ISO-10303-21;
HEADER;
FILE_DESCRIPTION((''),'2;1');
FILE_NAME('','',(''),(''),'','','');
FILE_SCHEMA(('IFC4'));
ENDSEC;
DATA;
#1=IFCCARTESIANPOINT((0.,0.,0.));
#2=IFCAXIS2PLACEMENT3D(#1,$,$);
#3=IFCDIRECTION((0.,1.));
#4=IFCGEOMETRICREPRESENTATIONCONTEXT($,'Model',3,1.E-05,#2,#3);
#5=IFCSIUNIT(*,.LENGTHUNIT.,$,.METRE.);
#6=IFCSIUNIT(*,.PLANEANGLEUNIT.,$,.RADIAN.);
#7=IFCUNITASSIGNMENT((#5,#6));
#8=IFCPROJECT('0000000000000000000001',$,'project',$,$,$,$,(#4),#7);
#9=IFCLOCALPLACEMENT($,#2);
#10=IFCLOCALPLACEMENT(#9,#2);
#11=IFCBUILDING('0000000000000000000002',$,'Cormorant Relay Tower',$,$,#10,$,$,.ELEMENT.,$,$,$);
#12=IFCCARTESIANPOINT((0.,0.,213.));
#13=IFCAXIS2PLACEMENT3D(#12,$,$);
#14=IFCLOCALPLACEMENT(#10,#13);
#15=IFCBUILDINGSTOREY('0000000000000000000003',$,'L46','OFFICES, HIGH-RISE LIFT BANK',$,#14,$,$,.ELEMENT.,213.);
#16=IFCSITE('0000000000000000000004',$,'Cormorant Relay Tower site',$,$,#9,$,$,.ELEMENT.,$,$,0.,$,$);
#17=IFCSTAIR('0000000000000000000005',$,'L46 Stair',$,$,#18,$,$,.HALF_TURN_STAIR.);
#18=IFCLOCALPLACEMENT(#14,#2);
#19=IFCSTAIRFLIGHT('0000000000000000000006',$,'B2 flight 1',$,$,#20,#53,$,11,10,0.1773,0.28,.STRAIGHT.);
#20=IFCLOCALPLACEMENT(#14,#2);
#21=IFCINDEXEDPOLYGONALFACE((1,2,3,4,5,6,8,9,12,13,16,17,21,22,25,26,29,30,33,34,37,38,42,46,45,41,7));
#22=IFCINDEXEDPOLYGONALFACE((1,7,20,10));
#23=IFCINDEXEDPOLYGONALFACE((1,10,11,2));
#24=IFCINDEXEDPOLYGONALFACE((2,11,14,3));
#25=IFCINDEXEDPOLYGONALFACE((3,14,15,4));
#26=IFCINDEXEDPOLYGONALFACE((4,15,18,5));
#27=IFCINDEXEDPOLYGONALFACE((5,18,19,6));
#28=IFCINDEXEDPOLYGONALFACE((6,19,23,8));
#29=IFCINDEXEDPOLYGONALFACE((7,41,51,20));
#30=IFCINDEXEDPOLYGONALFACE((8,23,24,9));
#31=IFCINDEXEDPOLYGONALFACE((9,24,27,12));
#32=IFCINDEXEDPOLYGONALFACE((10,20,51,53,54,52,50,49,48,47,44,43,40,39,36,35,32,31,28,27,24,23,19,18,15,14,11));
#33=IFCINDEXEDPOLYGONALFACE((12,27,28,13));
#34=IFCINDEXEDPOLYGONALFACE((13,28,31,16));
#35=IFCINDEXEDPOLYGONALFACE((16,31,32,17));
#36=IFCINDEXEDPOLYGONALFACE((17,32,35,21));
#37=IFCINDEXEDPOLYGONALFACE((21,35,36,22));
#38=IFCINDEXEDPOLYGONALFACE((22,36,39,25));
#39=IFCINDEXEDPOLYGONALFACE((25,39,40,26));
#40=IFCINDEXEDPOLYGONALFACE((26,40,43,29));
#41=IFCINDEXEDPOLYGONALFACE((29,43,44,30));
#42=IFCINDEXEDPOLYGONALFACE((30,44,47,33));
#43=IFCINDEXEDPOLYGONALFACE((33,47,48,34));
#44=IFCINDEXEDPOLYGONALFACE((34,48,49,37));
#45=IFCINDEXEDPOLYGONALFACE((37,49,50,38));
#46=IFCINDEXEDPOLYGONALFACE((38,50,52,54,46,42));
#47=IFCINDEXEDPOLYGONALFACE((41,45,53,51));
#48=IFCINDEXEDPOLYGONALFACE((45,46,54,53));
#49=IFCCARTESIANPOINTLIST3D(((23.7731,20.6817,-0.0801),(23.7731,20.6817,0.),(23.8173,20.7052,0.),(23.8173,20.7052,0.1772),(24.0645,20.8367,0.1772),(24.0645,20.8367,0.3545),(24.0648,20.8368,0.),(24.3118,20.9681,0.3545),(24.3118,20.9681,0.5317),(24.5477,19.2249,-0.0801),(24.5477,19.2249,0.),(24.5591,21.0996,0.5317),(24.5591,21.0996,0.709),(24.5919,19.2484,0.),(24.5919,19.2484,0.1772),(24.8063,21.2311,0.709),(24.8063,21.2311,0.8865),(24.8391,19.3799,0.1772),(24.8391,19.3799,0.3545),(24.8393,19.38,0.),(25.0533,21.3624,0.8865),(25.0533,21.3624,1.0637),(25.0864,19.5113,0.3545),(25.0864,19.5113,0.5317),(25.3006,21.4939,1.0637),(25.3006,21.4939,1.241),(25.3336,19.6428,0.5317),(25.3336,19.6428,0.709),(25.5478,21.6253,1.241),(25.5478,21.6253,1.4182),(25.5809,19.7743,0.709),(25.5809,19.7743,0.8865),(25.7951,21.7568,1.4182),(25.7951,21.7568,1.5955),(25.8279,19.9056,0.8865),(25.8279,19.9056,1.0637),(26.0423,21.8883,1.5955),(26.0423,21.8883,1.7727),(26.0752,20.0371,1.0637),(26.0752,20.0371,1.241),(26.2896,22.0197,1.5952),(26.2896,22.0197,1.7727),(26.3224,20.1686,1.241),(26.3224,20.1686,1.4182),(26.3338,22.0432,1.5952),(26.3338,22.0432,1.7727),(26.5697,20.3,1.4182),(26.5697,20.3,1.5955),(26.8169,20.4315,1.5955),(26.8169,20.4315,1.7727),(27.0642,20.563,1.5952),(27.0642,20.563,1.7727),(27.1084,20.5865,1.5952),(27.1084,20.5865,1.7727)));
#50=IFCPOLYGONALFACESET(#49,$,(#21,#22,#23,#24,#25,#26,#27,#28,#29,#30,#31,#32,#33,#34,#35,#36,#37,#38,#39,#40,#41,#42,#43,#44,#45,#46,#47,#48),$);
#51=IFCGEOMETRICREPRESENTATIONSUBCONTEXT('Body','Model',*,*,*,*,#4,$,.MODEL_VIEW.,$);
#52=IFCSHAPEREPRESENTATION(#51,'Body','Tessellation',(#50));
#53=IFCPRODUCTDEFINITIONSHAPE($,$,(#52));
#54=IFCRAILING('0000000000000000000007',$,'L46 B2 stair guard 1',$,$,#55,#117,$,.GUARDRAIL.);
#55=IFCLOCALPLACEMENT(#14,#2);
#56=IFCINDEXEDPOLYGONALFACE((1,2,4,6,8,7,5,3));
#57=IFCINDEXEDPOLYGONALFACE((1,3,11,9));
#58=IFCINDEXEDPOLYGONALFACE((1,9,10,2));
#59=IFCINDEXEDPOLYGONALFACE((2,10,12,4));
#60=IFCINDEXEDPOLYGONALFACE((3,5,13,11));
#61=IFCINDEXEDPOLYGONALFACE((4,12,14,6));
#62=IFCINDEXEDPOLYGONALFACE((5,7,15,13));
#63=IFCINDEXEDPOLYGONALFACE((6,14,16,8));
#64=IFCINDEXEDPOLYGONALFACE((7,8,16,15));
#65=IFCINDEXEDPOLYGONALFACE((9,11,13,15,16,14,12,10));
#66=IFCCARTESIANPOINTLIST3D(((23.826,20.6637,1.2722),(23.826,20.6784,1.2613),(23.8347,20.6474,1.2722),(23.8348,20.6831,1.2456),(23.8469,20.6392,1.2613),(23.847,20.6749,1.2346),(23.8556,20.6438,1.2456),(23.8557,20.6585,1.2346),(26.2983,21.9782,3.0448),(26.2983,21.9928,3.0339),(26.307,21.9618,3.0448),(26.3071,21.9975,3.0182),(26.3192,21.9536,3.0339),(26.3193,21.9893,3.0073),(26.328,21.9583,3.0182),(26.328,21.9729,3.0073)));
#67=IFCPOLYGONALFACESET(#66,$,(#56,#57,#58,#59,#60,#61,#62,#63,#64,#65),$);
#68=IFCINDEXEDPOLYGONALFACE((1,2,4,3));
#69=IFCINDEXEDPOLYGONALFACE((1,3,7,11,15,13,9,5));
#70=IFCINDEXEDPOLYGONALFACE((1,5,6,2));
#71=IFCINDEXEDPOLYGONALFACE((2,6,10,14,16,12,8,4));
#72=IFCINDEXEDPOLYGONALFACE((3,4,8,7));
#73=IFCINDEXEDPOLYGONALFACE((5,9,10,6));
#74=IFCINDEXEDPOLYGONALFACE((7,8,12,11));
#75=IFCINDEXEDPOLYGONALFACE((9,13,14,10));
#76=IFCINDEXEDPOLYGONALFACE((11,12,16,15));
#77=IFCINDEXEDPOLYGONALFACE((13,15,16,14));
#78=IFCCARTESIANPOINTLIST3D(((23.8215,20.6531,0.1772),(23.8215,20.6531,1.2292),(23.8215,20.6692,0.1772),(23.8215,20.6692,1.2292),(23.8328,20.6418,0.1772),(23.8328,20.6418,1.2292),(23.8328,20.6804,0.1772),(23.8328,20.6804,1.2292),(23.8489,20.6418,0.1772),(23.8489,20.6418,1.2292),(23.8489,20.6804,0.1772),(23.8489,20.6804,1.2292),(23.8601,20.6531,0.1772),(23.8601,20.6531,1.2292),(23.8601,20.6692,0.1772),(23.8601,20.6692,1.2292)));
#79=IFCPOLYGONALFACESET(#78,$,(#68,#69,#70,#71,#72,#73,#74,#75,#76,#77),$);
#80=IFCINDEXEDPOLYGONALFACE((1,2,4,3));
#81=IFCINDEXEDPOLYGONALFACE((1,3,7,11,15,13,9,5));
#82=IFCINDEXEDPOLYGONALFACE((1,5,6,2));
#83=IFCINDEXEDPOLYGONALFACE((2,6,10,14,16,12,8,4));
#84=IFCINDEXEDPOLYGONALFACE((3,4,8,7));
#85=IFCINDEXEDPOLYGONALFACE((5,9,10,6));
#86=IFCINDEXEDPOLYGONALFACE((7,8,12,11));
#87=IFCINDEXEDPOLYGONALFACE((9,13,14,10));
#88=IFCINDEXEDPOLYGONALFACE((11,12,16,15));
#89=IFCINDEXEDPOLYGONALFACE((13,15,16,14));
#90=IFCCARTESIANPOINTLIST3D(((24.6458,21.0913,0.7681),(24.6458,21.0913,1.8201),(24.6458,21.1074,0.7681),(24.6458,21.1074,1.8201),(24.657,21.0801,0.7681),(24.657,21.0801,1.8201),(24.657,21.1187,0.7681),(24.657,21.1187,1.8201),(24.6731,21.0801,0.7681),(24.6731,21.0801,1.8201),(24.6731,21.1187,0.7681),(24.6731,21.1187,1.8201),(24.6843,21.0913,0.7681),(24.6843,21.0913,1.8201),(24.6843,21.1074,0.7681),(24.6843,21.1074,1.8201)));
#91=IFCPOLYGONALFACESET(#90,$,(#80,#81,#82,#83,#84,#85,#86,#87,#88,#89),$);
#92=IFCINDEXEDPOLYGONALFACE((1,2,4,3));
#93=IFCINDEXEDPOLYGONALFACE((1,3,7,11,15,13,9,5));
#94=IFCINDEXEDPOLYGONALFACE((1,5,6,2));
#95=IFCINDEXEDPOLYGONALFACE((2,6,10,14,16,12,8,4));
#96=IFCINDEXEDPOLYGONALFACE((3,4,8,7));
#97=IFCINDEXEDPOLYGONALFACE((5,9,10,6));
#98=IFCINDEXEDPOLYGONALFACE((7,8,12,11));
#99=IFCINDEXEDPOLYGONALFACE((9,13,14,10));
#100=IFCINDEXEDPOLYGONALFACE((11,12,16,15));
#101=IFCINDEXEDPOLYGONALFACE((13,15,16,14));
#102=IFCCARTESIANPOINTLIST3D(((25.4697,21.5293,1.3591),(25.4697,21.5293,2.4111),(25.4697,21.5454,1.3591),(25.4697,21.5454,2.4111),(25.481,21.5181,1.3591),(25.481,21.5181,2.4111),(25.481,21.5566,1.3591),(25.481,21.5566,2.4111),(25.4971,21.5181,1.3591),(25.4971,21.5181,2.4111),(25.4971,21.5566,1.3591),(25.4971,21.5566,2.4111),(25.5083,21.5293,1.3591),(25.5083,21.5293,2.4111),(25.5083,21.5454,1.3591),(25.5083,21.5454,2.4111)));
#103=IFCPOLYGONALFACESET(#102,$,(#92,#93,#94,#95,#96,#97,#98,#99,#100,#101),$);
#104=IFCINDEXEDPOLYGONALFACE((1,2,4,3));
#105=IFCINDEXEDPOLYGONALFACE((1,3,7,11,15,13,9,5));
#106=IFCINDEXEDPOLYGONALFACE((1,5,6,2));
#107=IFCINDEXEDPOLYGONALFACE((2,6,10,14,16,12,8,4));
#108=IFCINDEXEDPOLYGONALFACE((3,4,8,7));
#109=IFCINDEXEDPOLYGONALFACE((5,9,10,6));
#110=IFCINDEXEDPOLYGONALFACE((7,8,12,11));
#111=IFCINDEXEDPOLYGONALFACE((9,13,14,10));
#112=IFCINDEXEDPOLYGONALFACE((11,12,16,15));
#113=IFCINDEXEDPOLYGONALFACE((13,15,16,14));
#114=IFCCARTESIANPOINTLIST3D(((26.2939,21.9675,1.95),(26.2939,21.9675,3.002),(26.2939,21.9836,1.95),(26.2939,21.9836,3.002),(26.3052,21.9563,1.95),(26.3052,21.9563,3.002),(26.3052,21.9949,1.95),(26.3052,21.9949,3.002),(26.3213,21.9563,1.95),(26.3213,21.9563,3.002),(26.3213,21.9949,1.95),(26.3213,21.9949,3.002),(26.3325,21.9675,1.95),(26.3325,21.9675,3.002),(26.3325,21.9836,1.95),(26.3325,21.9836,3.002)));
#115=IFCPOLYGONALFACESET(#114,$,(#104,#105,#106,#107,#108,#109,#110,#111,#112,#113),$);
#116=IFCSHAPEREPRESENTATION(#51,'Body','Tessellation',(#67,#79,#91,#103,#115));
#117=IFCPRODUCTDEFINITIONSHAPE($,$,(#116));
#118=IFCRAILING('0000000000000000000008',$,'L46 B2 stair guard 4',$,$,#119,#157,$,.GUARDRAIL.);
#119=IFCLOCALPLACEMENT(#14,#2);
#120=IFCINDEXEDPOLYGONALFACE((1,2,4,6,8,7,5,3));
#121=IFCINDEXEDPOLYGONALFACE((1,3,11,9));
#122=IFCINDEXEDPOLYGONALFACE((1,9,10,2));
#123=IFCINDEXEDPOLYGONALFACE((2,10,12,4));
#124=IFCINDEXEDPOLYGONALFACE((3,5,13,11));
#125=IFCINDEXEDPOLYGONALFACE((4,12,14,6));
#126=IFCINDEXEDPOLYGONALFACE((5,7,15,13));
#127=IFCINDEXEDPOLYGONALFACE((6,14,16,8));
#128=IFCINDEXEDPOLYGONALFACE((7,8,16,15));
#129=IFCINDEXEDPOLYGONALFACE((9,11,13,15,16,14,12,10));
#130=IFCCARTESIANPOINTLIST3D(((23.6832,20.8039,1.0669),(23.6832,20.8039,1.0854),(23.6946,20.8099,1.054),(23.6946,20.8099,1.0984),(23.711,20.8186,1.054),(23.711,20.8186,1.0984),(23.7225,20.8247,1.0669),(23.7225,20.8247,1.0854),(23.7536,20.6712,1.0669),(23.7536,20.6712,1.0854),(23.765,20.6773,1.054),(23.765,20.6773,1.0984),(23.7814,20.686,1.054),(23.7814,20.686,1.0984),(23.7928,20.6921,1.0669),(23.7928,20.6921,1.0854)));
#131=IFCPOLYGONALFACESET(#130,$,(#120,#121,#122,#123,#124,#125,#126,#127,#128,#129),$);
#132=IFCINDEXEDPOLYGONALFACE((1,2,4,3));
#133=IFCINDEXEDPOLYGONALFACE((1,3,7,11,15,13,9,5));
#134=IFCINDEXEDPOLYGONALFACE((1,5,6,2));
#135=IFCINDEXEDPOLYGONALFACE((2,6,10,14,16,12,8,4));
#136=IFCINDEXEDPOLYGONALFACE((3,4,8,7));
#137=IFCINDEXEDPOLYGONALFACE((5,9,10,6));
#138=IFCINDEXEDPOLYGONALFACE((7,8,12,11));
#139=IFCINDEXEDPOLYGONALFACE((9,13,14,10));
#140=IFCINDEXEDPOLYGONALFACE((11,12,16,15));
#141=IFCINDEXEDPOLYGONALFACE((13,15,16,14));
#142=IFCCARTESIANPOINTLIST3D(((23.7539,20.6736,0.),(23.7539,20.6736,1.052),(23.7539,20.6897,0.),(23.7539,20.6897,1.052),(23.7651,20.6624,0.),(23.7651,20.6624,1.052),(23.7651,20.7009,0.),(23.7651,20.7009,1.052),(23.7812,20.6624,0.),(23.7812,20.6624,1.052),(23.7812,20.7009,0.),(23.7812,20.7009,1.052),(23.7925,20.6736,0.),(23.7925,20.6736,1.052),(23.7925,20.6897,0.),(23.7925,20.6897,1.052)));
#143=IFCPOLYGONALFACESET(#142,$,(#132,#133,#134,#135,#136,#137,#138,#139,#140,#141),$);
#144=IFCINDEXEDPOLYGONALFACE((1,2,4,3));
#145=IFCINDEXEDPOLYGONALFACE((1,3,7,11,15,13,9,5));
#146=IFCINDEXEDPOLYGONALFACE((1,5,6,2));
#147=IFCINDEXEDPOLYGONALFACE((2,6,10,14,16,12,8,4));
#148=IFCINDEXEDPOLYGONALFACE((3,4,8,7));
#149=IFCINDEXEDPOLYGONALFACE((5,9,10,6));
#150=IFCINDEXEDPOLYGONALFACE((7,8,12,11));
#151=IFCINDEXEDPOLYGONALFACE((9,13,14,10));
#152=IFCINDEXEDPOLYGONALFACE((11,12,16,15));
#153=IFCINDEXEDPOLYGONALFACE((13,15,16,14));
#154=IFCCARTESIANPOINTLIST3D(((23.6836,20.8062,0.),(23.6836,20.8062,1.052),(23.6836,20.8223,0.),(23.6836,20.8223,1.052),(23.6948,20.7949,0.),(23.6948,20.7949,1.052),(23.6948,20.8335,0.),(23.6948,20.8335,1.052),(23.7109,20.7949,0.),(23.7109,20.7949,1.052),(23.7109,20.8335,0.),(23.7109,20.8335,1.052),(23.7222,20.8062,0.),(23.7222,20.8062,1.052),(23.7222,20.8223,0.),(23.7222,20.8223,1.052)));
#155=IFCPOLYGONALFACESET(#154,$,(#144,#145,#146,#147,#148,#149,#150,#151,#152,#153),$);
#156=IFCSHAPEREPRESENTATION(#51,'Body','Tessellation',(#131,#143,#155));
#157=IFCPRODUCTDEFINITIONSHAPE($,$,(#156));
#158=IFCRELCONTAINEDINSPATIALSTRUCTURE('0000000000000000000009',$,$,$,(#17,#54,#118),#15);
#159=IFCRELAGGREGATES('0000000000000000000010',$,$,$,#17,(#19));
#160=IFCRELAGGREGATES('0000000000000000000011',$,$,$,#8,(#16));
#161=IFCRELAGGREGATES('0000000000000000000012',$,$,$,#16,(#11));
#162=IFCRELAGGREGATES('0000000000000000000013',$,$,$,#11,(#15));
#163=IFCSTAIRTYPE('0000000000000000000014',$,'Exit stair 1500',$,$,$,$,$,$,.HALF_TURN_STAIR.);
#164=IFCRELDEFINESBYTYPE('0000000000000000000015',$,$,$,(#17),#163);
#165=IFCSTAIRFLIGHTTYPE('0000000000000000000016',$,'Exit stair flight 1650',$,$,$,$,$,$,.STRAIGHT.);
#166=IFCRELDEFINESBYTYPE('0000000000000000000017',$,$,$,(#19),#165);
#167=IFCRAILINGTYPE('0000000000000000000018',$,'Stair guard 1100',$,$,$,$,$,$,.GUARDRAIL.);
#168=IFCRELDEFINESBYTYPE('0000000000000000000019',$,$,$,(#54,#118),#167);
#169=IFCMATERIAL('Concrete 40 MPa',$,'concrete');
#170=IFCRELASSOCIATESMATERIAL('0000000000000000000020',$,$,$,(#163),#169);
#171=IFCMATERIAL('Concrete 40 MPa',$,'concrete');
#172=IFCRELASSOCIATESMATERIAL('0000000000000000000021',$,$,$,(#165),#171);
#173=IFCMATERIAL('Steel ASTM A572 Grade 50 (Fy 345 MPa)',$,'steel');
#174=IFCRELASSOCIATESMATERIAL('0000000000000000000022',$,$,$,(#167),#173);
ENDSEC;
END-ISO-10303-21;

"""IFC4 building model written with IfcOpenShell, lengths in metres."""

from ifc_helpers import new_model, si_unit, direction, frame, origin, place, context, subcontext, project, spatial, polyline, outline, extrude, material, type_object, element, aggregate, save


model = new_model("IFC4")

# Units and contexts
model_context = context("Model", 3, precision=1e-05, world=origin(), true_north=direction((0.0, 1.0)))
body_context = subcontext(model_context, "Body", "Model", "MODEL_VIEW")
ifc_project = project(units=[si_unit("LENGTHUNIT", "METRE"), si_unit("PLANEANGLEUNIT", "RADIAN")], contexts=[model_context])

# Site, building, storey
site_placement = place(None, origin())
site = spatial("IfcSite", under=ifc_project, at=site_placement, Name="Cormorant Relay Tower site", CompositionType="ELEMENT", RefElevation=0.0)
building_placement = place(site_placement, origin())
building = spatial("IfcBuilding", under=site, at=building_placement, Name="Cormorant Relay Tower", CompositionType="ELEMENT")
storey_placement = place(building_placement, frame((0.0, 0.0, 213.0)))
storey = spatial("IfcBuildingStorey", under=building, at=storey_placement, Name="L46", Description="OFFICES, HIGH-RISE LIFT BANK", CompositionType="ELEMENT", Elevation=213.0)

# Stair, stair flight
ifc_material_1 = material(Name="Concrete 40 MPa", Category="concrete")
stair_type = type_object("IfcStairType", Name="Exit stair 1500", PredefinedType="HALF_TURN_STAIR", material=ifc_material_1)
stair_placement = place(storey_placement, origin())
stair = element("IfcStair", 1, at=stair_placement, inside=storey, type_object=stair_type, Name="L46 Stair", PredefinedType="HALF_TURN_STAIR")
ifc_material_2 = material(Name="Concrete 40 MPa", Category="concrete")
stair_flight_type = type_object("IfcStairFlightType", Name="Exit stair flight 1650", PredefinedType="STRAIGHT", material=ifc_material_2)
stair_flight_placement = place(storey_placement, frame((24.2046, 19.9768, 0.0), z_axis=(0.0, 0.0, 1.0), x_axis=(0.882948, 0.469472, 0.0)))
stair_flight = element("IfcStairFlight", 2, at=stair_flight_placement, type_object=stair_flight_type, Name="B2 flight 1", NumberOfRisers=11, NumberOfTreads=10, PredefinedType="STRAIGHT", RiserHeight=0.1773, TreadLength=0.28, context=body_context, shape_type="SweptSolid", body=[
    extrude(outline(polyline([(-0.05, -0.0801), (-0.05, 0.0), (0.0, 0.0), (0.0, 0.1772), (0.28, 0.1772), (0.28, 0.3545), (0.5601, 0.3545), (0.5601, 0.5317), (0.8401, 0.5317), (0.8401, 0.709), (1.1201, 0.709), (1.1201, 0.8865), (1.3999, 0.8865), (1.3999, 1.0637), (1.6799, 1.0637), (1.6799, 1.241), (1.96, 1.241), (1.96, 1.4182), (2.24, 1.4182), (2.24, 1.5955), (2.52, 1.5955), (2.52, 1.7727), (2.8, 1.7727), (2.8501, 1.7727), (2.8501, 1.5952), (2.8, 1.5952), (0.2803, 0.0), (-0.05, -0.0801)])), frame((0.0, 0.825, 0.0), z_axis=(0.0, -1.0, 0.0), x_axis=(1.0, 0.0, 0.0)), (0.0, 0.0, 1.0), 1.6499),
])
aggregate(stair, [stair_flight])

# Railings
ifc_material_3 = material(Name="Steel ASTM A572 Grade 50 (Fy 345 MPa)", Category="steel")
railing_type_1 = type_object("IfcRailingType", Name="Stair guard 1100", PredefinedType="GUARDRAIL", material=ifc_material_3)
railing_1_placement = place(storey_placement, frame((23.8408, 20.6611, 0.1772)))
element("IfcRailing", 3, at=railing_1_placement, inside=storey, type_object=railing_type_1, Name="L46 B2 stair guard 1", PredefinedType="GUARDRAIL", context=body_context, shape_type="SweptSolid", body=[
    extrude(outline(polyline([(0.0222, 0.0093), (0.0093, 0.0222), (-0.0093, 0.0222), (-0.0222, 0.0093), (-0.0222, -0.0093), (-0.0093, -0.0222), (0.0093, -0.0222), (0.0222, -0.0093), (0.0222, 0.0093)])), frame((0.0, 0.0, 1.0762), z_axis=(0.746034, 0.396627, 0.534902), x_axis=(-0.469429, 0.88297, 0.0)), (0.0, 0.0, 1.0), 3.314),
    extrude(outline(polyline([(0.0193, 0.0081), (0.0081, 0.0193), (-0.0081, 0.0193), (-0.0193, 0.0081), (-0.0193, -0.0081), (-0.0081, -0.0193), (0.0081, -0.0193), (0.0193, -0.0081), (0.0193, 0.0081)])), origin(), (0.0, 0.0, 1.0), 1.052),
    extrude(outline(polyline([(0.0193, 0.0081), (0.0081, 0.0193), (-0.0081, 0.0193), (-0.0193, 0.0081), (-0.0193, -0.0081), (-0.0081, -0.0193), (0.0081, -0.0193), (0.0193, -0.0081), (0.0193, 0.0081)])), frame((0.8242, 0.4382, 0.5908)), (0.0, 0.0, 1.0), 1.052),
    extrude(outline(polyline([(0.0193, 0.0081), (0.0081, 0.0193), (-0.0081, 0.0193), (-0.0193, 0.0081), (-0.0193, -0.0081), (-0.0081, -0.0193), (0.0081, -0.0193), (0.0193, -0.0081), (0.0193, 0.0081)])), frame((1.6482, 0.8762, 1.1819)), (0.0, 0.0, 1.0), 1.052),
    extrude(outline(polyline([(0.0193, 0.0081), (0.0081, 0.0193), (-0.0081, 0.0193), (-0.0193, 0.0081), (-0.0193, -0.0081), (-0.0081, -0.0193), (0.0081, -0.0193), (0.0193, -0.0081), (0.0193, 0.0081)])), frame((2.4724, 1.3145, 1.7727)), (0.0, 0.0, 1.0), 1.052),
])
railing_2_placement = place(storey_placement, frame((23.7732, 20.6816, 0.0)))
element("IfcRailing", 4, at=railing_2_placement, inside=storey, type_object=railing_type_1, Name="L46 B2 stair guard 4", PredefinedType="GUARDRAIL", context=body_context, shape_type="SweptSolid", body=[
    extrude(outline(polyline([(0.0222, 0.0093), (0.0093, 0.0222), (-0.0093, 0.0222), (-0.0222, 0.0093), (-0.0222, -0.0093), (-0.0093, -0.0222), (0.0093, -0.0222), (0.0222, -0.0093), (0.0222, 0.0093)])), frame((0.0, 0.0, 1.0762), z_axis=(-0.46856, 0.883431, 0.0), x_axis=(-0.883431, -0.46856, 0.0)), (0.0, 0.0, 1.0), 0.1501),
    extrude(outline(polyline([(0.0193, 0.0081), (0.0081, 0.0193), (-0.0081, 0.0193), (-0.0193, 0.0081), (-0.0193, -0.0081), (-0.0081, -0.0193), (0.0081, -0.0193), (0.0193, -0.0081), (0.0193, 0.0081)])), origin(), (0.0, 0.0, 1.0), 1.052),
    extrude(outline(polyline([(0.0193, 0.0081), (0.0081, 0.0193), (-0.0081, 0.0193), (-0.0193, 0.0081), (-0.0193, -0.0081), (-0.0081, -0.0193), (0.0081, -0.0193), (0.0193, -0.0081), (0.0193, 0.0081)])), frame((-0.0703, 0.1326, 0.0)), (0.0, 0.0, 1.0), 1.052),
])

save(model, "model.ifc")
